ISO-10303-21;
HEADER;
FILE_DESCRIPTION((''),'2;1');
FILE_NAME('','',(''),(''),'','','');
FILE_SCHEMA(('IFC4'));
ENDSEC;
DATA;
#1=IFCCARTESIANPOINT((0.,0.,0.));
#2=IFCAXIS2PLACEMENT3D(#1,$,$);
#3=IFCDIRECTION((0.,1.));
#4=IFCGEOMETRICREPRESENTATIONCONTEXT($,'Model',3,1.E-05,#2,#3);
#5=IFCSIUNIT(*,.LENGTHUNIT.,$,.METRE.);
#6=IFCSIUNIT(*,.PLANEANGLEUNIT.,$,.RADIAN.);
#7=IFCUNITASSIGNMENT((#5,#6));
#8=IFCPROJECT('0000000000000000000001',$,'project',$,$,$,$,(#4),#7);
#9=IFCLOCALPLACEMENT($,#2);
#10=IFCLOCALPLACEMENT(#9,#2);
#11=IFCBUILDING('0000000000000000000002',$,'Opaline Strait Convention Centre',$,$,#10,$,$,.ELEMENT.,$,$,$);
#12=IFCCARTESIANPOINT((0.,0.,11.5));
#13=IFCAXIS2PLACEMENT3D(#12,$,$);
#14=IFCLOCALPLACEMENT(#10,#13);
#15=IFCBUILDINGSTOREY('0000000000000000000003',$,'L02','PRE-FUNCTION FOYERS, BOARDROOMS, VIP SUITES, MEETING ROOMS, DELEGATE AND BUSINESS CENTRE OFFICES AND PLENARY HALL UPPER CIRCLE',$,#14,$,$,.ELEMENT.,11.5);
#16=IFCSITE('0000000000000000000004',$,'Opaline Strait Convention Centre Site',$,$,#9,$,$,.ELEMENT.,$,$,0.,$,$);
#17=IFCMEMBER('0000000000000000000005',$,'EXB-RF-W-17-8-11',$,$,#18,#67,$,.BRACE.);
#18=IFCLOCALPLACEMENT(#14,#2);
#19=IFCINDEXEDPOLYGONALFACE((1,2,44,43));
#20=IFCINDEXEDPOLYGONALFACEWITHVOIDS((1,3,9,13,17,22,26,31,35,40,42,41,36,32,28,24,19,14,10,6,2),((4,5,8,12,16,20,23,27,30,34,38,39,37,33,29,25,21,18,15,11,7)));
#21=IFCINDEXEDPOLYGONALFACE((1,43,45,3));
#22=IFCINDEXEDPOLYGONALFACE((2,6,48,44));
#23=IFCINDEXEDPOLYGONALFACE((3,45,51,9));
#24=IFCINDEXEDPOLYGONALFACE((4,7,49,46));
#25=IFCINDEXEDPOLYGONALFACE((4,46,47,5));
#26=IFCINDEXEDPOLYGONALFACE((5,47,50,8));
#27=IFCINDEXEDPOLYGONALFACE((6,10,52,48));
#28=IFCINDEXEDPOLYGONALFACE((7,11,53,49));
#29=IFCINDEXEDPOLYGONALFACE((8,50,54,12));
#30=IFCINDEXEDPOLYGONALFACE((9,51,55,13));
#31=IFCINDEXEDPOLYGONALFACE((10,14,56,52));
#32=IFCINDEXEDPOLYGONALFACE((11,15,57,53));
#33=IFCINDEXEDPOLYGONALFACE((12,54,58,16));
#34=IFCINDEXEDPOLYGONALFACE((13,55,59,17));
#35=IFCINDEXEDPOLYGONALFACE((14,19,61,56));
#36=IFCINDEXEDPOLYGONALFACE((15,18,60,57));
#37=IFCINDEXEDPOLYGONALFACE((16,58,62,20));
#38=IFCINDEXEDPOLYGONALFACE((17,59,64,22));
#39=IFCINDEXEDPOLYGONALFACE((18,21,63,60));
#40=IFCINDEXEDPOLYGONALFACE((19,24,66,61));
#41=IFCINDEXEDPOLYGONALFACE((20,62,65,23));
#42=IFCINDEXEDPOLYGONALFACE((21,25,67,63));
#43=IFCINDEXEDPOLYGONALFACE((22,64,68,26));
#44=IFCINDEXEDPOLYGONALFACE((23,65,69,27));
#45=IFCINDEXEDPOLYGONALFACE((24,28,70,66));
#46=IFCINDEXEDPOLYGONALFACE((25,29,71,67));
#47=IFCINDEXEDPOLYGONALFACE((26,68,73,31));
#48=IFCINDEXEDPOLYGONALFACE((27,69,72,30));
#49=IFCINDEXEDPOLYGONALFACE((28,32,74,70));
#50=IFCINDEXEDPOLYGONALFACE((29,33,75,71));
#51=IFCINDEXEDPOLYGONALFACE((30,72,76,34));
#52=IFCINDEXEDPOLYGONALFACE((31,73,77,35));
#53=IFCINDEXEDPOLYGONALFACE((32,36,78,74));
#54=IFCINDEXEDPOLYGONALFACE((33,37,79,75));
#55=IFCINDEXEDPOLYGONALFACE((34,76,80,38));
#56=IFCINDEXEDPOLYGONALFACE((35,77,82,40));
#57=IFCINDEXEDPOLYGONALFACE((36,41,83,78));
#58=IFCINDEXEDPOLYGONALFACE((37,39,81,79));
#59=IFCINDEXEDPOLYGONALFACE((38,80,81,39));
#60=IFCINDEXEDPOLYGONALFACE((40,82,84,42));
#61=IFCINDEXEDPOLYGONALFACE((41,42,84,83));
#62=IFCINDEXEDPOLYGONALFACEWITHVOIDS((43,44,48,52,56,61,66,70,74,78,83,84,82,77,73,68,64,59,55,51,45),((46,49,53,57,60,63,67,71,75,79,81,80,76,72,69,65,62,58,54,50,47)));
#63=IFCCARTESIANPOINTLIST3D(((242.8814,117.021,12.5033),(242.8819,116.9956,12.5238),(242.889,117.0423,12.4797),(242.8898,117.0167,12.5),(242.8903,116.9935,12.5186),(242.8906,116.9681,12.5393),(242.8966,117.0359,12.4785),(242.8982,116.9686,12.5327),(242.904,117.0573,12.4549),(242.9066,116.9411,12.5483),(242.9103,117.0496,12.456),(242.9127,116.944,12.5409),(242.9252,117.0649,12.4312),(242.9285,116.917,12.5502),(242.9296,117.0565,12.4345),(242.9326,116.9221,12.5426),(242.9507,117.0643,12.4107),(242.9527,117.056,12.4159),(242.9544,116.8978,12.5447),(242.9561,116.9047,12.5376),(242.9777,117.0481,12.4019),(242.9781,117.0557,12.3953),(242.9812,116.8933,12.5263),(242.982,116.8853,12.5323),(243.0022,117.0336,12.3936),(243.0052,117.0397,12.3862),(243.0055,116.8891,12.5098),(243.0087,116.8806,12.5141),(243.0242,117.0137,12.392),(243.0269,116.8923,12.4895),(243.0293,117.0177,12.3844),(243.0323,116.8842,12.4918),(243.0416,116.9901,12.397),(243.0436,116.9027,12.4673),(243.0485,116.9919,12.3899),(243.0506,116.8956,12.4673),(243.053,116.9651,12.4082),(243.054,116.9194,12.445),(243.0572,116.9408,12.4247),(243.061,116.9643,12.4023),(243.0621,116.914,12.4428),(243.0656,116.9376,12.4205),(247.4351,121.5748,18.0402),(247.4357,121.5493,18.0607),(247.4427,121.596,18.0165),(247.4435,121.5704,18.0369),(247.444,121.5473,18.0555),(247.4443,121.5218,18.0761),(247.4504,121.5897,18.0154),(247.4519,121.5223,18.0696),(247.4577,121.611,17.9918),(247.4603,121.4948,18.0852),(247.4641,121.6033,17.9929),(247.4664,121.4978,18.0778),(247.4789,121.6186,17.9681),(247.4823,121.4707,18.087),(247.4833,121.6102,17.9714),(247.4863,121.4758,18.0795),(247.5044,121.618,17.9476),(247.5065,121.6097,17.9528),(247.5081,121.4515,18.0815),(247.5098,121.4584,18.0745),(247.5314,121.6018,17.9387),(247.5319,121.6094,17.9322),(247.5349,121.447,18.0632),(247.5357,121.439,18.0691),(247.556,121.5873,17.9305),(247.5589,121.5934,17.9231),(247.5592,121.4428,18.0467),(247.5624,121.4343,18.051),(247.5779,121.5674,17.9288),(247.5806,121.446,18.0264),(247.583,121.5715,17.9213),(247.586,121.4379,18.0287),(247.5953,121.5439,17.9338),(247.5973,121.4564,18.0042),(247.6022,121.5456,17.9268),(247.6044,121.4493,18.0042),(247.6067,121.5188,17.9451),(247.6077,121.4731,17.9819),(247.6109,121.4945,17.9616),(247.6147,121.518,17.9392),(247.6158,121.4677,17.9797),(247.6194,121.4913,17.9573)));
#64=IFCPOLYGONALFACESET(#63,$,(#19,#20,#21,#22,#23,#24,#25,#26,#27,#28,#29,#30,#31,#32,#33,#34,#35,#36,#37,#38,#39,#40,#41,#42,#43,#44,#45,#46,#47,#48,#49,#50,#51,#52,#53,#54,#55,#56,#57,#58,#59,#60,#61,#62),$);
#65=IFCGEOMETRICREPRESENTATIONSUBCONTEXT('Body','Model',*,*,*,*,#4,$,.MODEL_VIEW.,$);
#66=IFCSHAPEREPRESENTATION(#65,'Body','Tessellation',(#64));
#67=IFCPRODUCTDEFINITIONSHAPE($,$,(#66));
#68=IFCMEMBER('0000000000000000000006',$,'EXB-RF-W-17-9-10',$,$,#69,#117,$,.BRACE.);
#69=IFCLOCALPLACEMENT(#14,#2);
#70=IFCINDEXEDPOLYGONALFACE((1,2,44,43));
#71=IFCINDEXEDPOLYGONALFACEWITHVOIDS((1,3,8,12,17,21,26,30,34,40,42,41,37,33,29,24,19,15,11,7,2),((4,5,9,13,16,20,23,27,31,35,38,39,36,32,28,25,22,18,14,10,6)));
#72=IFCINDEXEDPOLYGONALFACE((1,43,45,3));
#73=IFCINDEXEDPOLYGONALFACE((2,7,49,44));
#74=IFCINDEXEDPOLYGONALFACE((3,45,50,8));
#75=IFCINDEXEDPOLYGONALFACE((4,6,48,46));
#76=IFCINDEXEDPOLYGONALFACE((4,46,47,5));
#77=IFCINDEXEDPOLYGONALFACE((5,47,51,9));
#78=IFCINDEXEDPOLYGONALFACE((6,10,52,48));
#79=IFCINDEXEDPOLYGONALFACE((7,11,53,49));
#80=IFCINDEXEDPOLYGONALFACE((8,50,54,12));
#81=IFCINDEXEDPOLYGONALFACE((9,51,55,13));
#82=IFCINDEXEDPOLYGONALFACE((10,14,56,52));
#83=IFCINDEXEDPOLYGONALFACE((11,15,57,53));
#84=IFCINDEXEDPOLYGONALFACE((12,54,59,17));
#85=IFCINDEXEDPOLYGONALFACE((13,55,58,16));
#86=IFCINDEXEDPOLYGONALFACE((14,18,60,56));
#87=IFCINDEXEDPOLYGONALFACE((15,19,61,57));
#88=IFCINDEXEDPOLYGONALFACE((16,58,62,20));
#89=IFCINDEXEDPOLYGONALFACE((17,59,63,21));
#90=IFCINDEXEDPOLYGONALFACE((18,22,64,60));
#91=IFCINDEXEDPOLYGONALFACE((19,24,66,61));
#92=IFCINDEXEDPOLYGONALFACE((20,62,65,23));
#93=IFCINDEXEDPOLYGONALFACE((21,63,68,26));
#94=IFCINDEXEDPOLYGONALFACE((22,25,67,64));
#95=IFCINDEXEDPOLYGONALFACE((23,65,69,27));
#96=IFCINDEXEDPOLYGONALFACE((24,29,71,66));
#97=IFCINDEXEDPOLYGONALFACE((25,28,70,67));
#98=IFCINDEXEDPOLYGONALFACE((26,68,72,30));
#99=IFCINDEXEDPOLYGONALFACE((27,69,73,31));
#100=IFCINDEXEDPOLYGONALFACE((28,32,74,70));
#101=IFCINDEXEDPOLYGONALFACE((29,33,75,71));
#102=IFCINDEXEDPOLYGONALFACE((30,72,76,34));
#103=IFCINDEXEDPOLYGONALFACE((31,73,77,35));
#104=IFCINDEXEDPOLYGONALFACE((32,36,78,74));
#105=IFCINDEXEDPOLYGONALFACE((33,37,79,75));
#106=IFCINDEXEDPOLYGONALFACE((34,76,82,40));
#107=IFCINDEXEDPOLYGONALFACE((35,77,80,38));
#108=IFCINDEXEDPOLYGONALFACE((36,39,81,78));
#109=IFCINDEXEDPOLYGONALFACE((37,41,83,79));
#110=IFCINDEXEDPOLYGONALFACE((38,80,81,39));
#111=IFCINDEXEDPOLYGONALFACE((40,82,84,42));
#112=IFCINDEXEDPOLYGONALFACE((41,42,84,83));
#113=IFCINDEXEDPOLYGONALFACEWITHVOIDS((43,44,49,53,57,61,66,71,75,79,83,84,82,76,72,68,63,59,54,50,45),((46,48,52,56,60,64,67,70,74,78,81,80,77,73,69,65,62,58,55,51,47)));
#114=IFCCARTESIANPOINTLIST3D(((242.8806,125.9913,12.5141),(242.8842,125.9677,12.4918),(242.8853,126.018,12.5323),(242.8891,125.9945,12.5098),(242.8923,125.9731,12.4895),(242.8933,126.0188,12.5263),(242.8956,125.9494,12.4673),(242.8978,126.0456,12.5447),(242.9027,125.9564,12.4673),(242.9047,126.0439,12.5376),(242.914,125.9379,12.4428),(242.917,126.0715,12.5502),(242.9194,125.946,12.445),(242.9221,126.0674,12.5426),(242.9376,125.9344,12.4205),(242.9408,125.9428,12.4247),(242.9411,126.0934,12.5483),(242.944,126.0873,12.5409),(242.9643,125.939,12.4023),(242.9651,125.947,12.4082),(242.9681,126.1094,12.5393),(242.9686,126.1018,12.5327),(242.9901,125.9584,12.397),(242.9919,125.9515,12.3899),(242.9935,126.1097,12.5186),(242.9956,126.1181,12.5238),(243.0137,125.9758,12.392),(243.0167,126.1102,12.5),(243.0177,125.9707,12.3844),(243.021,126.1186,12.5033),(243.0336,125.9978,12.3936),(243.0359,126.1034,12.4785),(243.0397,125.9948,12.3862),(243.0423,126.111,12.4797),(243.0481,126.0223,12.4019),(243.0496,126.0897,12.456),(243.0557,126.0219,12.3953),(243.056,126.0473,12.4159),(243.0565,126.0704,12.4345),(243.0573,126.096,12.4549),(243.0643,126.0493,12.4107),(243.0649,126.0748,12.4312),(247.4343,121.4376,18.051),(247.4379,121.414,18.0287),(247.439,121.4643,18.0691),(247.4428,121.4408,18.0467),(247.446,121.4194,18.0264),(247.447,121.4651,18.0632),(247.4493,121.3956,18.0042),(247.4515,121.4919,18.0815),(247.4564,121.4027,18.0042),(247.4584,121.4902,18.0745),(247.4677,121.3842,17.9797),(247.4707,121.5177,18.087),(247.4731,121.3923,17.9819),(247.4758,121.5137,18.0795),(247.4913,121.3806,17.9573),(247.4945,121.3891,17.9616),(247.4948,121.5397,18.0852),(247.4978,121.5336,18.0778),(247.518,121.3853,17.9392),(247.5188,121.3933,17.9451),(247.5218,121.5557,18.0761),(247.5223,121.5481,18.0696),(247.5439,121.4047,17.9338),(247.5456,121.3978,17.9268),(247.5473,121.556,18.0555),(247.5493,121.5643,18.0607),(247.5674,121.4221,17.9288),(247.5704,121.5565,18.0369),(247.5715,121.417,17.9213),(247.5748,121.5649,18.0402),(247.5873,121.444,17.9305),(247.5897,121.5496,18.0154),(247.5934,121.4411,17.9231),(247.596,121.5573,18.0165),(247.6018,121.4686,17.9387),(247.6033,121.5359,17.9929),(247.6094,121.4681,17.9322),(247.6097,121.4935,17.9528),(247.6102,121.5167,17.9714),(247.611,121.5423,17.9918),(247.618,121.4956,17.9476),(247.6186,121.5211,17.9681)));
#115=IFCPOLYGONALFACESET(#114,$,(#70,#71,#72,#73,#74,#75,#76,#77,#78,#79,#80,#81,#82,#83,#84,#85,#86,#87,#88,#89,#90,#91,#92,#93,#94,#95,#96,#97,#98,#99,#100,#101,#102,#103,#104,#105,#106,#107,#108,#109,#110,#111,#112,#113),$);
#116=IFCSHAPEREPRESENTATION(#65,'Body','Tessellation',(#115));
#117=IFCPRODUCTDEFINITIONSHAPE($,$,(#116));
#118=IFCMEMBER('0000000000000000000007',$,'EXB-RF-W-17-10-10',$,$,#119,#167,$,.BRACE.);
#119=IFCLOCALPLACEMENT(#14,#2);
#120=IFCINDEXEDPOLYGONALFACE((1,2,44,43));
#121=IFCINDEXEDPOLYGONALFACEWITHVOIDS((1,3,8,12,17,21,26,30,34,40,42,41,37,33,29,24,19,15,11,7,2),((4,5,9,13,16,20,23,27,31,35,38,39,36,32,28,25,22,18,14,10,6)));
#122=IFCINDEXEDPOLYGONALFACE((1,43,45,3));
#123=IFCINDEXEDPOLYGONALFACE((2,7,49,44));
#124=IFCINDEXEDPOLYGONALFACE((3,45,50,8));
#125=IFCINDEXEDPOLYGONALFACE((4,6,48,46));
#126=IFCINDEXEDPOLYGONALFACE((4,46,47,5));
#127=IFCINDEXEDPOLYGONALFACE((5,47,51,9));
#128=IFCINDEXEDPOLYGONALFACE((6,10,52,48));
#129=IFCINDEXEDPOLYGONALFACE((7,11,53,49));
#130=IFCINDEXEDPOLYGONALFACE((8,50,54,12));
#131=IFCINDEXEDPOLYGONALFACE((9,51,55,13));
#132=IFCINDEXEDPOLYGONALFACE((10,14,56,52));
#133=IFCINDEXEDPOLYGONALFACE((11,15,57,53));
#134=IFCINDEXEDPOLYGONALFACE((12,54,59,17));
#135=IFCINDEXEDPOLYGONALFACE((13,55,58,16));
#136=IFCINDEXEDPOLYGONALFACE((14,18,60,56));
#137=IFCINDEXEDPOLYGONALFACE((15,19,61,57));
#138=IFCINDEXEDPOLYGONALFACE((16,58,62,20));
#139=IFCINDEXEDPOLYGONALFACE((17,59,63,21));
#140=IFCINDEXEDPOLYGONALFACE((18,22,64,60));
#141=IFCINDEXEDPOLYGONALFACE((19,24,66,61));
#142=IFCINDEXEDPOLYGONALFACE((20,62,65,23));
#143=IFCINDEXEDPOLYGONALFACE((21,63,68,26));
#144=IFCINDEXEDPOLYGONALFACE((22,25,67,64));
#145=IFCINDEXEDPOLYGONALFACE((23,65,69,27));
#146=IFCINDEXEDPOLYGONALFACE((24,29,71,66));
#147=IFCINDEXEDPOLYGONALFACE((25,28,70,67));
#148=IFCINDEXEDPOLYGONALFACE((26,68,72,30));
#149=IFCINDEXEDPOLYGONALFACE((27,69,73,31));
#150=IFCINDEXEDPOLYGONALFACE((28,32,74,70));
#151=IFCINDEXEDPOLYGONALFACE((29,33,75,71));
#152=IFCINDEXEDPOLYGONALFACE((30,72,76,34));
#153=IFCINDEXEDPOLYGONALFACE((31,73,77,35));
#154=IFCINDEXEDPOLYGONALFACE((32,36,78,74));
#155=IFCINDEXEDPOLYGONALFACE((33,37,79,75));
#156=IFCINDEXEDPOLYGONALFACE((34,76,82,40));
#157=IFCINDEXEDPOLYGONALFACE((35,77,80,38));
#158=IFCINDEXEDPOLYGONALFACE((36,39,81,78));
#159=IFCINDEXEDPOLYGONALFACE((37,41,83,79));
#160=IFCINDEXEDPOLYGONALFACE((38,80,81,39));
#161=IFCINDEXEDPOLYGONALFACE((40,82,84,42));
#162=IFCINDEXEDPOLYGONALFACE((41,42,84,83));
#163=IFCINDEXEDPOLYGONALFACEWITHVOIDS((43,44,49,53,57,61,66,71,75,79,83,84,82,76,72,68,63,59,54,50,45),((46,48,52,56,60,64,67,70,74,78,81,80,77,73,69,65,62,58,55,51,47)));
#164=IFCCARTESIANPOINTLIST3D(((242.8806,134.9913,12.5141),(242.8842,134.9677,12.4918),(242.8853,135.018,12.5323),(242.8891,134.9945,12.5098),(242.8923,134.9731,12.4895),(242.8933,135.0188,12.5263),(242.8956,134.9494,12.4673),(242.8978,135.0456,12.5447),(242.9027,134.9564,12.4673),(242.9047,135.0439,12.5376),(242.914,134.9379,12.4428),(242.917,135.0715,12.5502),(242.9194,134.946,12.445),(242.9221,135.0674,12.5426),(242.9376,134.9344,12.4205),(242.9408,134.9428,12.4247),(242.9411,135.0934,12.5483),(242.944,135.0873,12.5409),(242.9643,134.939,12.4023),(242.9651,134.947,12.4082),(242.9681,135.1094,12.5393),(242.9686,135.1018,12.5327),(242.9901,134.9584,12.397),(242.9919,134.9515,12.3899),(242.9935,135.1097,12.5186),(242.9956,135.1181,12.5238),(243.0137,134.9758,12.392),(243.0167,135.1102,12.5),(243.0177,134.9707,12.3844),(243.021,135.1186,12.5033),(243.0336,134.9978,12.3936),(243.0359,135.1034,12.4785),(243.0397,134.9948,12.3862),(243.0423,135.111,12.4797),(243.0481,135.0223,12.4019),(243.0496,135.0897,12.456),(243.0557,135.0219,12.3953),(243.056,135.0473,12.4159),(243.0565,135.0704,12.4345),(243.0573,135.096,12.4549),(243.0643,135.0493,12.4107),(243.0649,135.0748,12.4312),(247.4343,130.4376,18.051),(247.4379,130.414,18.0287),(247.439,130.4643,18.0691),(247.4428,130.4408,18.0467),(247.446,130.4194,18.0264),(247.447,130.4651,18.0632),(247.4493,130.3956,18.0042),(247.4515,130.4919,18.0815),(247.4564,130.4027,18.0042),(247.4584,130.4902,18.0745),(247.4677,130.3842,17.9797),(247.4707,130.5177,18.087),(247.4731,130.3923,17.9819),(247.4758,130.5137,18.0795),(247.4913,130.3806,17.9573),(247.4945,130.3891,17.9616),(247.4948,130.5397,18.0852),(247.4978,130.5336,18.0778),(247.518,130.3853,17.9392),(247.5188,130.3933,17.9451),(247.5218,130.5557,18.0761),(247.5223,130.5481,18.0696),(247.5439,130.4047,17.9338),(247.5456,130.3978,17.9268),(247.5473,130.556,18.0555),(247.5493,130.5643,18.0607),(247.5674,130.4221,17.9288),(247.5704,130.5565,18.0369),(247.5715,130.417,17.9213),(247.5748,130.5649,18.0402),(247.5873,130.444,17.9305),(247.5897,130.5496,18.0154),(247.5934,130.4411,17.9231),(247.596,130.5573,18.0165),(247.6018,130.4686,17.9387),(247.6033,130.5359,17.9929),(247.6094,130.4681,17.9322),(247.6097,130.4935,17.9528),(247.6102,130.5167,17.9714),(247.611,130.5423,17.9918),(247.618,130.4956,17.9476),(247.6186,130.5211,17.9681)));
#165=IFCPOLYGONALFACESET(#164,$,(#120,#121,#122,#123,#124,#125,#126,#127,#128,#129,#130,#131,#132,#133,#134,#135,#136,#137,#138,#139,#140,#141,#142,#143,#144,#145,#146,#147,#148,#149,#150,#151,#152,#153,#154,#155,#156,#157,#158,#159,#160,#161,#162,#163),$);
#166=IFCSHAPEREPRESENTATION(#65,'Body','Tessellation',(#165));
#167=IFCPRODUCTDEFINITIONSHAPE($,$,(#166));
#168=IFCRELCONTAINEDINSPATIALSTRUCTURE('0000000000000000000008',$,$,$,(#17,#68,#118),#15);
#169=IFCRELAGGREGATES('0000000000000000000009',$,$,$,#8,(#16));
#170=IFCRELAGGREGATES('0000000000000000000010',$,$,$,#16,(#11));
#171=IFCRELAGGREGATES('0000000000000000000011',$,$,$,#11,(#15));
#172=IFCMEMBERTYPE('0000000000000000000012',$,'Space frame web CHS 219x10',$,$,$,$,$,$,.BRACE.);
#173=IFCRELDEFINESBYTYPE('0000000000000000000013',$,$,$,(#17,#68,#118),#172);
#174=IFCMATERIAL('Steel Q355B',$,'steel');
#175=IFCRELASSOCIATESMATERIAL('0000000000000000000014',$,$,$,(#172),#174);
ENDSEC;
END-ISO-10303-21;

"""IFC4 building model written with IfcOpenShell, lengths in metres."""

from ifc_helpers import new_model, si_unit, direction, frame, origin, origin_2d, place, context, subcontext, project, spatial, hollow_circle, extrude, material, material_profile, profile_set, type_object, element, save


model = new_model("IFC4")

# Units and contexts
model_context = context("Model", 3, precision=1e-05, world=origin(), true_north=direction((0.0, 1.0)))
body_context = subcontext(model_context, "Body", "Model", "MODEL_VIEW")
ifc_project = project(units=[si_unit("LENGTHUNIT", "METRE"), si_unit("PLANEANGLEUNIT", "RADIAN")], contexts=[model_context])

# Site, building, storey
site_placement = place(None, origin())
site = spatial("IfcSite", under=ifc_project, at=site_placement, Name="Opaline Strait Convention Centre Site", CompositionType="ELEMENT", RefElevation=0.0)
building_placement = place(site_placement, origin())
building = spatial("IfcBuilding", under=site, at=building_placement, Name="Opaline Strait Convention Centre", CompositionType="ELEMENT")
storey_placement = place(building_placement, frame((0.0, 0.0, 11.5)))
storey = spatial("IfcBuildingStorey", under=building, at=storey_placement, Name="L02", Description="PRE-FUNCTION FOYERS, BOARDROOMS, VIP SUITES, MEETING ROOMS, DELEGATE AND BUSINESS CENTRE OFFICES AND PLENARY HALL UPPER CIRCLE", CompositionType="ELEMENT", Elevation=11.5)

# Shared definitions
ifc_material_1 = material(Name="Steel Q355B", Category="steel")

# Members
ifc_material_profile_1 = material_profile(ifc_material_1, hollow_circle(Radius=0.1096, WallThickness=0.01, at=origin_2d()), Name="CHS 219x10")
ifc_profile_set_1 = profile_set([ifc_material_profile_1], Name="Steel Q355B")
member_type_1 = type_object("IfcMemberType", Name="Space frame web CHS 219x10", PredefinedType="BRACE", material=ifc_profile_set_1)
for number, where, z_axis, x_axis, name in (
    (1, (247.5269, 121.5269, 18.0042), (-0.536178, -0.536178, -0.65194), (0.707107, -0.707107, 0.0), "EXB-RF-W-17-8-11"),
    (2, (247.5269, 121.4731, 18.0042), (-0.536178, 0.536178, -0.65194), (-0.707107, -0.707107, 0.0), "EXB-RF-W-17-9-10"),
    (3, (247.5269, 130.4731, 18.0042), (-0.536178, 0.536178, -0.65194), (-0.707107, -0.707107, 0.0), "EXB-RF-W-17-10-10"),
):
    element("IfcMember", number, at=place(storey_placement, frame(where, z_axis=z_axis, x_axis=x_axis)), inside=storey, type_object=member_type_1, Name=name, PredefinedType="BRACE", context=body_context, shape_type="SweptSolid", body=[
        extrude(hollow_circle(Radius=0.1096, WallThickness=0.01, at=origin_2d()), origin(), (0.0, 0.0, 1.0), 8.4929),
    ])

save(model, "model.ifc")
